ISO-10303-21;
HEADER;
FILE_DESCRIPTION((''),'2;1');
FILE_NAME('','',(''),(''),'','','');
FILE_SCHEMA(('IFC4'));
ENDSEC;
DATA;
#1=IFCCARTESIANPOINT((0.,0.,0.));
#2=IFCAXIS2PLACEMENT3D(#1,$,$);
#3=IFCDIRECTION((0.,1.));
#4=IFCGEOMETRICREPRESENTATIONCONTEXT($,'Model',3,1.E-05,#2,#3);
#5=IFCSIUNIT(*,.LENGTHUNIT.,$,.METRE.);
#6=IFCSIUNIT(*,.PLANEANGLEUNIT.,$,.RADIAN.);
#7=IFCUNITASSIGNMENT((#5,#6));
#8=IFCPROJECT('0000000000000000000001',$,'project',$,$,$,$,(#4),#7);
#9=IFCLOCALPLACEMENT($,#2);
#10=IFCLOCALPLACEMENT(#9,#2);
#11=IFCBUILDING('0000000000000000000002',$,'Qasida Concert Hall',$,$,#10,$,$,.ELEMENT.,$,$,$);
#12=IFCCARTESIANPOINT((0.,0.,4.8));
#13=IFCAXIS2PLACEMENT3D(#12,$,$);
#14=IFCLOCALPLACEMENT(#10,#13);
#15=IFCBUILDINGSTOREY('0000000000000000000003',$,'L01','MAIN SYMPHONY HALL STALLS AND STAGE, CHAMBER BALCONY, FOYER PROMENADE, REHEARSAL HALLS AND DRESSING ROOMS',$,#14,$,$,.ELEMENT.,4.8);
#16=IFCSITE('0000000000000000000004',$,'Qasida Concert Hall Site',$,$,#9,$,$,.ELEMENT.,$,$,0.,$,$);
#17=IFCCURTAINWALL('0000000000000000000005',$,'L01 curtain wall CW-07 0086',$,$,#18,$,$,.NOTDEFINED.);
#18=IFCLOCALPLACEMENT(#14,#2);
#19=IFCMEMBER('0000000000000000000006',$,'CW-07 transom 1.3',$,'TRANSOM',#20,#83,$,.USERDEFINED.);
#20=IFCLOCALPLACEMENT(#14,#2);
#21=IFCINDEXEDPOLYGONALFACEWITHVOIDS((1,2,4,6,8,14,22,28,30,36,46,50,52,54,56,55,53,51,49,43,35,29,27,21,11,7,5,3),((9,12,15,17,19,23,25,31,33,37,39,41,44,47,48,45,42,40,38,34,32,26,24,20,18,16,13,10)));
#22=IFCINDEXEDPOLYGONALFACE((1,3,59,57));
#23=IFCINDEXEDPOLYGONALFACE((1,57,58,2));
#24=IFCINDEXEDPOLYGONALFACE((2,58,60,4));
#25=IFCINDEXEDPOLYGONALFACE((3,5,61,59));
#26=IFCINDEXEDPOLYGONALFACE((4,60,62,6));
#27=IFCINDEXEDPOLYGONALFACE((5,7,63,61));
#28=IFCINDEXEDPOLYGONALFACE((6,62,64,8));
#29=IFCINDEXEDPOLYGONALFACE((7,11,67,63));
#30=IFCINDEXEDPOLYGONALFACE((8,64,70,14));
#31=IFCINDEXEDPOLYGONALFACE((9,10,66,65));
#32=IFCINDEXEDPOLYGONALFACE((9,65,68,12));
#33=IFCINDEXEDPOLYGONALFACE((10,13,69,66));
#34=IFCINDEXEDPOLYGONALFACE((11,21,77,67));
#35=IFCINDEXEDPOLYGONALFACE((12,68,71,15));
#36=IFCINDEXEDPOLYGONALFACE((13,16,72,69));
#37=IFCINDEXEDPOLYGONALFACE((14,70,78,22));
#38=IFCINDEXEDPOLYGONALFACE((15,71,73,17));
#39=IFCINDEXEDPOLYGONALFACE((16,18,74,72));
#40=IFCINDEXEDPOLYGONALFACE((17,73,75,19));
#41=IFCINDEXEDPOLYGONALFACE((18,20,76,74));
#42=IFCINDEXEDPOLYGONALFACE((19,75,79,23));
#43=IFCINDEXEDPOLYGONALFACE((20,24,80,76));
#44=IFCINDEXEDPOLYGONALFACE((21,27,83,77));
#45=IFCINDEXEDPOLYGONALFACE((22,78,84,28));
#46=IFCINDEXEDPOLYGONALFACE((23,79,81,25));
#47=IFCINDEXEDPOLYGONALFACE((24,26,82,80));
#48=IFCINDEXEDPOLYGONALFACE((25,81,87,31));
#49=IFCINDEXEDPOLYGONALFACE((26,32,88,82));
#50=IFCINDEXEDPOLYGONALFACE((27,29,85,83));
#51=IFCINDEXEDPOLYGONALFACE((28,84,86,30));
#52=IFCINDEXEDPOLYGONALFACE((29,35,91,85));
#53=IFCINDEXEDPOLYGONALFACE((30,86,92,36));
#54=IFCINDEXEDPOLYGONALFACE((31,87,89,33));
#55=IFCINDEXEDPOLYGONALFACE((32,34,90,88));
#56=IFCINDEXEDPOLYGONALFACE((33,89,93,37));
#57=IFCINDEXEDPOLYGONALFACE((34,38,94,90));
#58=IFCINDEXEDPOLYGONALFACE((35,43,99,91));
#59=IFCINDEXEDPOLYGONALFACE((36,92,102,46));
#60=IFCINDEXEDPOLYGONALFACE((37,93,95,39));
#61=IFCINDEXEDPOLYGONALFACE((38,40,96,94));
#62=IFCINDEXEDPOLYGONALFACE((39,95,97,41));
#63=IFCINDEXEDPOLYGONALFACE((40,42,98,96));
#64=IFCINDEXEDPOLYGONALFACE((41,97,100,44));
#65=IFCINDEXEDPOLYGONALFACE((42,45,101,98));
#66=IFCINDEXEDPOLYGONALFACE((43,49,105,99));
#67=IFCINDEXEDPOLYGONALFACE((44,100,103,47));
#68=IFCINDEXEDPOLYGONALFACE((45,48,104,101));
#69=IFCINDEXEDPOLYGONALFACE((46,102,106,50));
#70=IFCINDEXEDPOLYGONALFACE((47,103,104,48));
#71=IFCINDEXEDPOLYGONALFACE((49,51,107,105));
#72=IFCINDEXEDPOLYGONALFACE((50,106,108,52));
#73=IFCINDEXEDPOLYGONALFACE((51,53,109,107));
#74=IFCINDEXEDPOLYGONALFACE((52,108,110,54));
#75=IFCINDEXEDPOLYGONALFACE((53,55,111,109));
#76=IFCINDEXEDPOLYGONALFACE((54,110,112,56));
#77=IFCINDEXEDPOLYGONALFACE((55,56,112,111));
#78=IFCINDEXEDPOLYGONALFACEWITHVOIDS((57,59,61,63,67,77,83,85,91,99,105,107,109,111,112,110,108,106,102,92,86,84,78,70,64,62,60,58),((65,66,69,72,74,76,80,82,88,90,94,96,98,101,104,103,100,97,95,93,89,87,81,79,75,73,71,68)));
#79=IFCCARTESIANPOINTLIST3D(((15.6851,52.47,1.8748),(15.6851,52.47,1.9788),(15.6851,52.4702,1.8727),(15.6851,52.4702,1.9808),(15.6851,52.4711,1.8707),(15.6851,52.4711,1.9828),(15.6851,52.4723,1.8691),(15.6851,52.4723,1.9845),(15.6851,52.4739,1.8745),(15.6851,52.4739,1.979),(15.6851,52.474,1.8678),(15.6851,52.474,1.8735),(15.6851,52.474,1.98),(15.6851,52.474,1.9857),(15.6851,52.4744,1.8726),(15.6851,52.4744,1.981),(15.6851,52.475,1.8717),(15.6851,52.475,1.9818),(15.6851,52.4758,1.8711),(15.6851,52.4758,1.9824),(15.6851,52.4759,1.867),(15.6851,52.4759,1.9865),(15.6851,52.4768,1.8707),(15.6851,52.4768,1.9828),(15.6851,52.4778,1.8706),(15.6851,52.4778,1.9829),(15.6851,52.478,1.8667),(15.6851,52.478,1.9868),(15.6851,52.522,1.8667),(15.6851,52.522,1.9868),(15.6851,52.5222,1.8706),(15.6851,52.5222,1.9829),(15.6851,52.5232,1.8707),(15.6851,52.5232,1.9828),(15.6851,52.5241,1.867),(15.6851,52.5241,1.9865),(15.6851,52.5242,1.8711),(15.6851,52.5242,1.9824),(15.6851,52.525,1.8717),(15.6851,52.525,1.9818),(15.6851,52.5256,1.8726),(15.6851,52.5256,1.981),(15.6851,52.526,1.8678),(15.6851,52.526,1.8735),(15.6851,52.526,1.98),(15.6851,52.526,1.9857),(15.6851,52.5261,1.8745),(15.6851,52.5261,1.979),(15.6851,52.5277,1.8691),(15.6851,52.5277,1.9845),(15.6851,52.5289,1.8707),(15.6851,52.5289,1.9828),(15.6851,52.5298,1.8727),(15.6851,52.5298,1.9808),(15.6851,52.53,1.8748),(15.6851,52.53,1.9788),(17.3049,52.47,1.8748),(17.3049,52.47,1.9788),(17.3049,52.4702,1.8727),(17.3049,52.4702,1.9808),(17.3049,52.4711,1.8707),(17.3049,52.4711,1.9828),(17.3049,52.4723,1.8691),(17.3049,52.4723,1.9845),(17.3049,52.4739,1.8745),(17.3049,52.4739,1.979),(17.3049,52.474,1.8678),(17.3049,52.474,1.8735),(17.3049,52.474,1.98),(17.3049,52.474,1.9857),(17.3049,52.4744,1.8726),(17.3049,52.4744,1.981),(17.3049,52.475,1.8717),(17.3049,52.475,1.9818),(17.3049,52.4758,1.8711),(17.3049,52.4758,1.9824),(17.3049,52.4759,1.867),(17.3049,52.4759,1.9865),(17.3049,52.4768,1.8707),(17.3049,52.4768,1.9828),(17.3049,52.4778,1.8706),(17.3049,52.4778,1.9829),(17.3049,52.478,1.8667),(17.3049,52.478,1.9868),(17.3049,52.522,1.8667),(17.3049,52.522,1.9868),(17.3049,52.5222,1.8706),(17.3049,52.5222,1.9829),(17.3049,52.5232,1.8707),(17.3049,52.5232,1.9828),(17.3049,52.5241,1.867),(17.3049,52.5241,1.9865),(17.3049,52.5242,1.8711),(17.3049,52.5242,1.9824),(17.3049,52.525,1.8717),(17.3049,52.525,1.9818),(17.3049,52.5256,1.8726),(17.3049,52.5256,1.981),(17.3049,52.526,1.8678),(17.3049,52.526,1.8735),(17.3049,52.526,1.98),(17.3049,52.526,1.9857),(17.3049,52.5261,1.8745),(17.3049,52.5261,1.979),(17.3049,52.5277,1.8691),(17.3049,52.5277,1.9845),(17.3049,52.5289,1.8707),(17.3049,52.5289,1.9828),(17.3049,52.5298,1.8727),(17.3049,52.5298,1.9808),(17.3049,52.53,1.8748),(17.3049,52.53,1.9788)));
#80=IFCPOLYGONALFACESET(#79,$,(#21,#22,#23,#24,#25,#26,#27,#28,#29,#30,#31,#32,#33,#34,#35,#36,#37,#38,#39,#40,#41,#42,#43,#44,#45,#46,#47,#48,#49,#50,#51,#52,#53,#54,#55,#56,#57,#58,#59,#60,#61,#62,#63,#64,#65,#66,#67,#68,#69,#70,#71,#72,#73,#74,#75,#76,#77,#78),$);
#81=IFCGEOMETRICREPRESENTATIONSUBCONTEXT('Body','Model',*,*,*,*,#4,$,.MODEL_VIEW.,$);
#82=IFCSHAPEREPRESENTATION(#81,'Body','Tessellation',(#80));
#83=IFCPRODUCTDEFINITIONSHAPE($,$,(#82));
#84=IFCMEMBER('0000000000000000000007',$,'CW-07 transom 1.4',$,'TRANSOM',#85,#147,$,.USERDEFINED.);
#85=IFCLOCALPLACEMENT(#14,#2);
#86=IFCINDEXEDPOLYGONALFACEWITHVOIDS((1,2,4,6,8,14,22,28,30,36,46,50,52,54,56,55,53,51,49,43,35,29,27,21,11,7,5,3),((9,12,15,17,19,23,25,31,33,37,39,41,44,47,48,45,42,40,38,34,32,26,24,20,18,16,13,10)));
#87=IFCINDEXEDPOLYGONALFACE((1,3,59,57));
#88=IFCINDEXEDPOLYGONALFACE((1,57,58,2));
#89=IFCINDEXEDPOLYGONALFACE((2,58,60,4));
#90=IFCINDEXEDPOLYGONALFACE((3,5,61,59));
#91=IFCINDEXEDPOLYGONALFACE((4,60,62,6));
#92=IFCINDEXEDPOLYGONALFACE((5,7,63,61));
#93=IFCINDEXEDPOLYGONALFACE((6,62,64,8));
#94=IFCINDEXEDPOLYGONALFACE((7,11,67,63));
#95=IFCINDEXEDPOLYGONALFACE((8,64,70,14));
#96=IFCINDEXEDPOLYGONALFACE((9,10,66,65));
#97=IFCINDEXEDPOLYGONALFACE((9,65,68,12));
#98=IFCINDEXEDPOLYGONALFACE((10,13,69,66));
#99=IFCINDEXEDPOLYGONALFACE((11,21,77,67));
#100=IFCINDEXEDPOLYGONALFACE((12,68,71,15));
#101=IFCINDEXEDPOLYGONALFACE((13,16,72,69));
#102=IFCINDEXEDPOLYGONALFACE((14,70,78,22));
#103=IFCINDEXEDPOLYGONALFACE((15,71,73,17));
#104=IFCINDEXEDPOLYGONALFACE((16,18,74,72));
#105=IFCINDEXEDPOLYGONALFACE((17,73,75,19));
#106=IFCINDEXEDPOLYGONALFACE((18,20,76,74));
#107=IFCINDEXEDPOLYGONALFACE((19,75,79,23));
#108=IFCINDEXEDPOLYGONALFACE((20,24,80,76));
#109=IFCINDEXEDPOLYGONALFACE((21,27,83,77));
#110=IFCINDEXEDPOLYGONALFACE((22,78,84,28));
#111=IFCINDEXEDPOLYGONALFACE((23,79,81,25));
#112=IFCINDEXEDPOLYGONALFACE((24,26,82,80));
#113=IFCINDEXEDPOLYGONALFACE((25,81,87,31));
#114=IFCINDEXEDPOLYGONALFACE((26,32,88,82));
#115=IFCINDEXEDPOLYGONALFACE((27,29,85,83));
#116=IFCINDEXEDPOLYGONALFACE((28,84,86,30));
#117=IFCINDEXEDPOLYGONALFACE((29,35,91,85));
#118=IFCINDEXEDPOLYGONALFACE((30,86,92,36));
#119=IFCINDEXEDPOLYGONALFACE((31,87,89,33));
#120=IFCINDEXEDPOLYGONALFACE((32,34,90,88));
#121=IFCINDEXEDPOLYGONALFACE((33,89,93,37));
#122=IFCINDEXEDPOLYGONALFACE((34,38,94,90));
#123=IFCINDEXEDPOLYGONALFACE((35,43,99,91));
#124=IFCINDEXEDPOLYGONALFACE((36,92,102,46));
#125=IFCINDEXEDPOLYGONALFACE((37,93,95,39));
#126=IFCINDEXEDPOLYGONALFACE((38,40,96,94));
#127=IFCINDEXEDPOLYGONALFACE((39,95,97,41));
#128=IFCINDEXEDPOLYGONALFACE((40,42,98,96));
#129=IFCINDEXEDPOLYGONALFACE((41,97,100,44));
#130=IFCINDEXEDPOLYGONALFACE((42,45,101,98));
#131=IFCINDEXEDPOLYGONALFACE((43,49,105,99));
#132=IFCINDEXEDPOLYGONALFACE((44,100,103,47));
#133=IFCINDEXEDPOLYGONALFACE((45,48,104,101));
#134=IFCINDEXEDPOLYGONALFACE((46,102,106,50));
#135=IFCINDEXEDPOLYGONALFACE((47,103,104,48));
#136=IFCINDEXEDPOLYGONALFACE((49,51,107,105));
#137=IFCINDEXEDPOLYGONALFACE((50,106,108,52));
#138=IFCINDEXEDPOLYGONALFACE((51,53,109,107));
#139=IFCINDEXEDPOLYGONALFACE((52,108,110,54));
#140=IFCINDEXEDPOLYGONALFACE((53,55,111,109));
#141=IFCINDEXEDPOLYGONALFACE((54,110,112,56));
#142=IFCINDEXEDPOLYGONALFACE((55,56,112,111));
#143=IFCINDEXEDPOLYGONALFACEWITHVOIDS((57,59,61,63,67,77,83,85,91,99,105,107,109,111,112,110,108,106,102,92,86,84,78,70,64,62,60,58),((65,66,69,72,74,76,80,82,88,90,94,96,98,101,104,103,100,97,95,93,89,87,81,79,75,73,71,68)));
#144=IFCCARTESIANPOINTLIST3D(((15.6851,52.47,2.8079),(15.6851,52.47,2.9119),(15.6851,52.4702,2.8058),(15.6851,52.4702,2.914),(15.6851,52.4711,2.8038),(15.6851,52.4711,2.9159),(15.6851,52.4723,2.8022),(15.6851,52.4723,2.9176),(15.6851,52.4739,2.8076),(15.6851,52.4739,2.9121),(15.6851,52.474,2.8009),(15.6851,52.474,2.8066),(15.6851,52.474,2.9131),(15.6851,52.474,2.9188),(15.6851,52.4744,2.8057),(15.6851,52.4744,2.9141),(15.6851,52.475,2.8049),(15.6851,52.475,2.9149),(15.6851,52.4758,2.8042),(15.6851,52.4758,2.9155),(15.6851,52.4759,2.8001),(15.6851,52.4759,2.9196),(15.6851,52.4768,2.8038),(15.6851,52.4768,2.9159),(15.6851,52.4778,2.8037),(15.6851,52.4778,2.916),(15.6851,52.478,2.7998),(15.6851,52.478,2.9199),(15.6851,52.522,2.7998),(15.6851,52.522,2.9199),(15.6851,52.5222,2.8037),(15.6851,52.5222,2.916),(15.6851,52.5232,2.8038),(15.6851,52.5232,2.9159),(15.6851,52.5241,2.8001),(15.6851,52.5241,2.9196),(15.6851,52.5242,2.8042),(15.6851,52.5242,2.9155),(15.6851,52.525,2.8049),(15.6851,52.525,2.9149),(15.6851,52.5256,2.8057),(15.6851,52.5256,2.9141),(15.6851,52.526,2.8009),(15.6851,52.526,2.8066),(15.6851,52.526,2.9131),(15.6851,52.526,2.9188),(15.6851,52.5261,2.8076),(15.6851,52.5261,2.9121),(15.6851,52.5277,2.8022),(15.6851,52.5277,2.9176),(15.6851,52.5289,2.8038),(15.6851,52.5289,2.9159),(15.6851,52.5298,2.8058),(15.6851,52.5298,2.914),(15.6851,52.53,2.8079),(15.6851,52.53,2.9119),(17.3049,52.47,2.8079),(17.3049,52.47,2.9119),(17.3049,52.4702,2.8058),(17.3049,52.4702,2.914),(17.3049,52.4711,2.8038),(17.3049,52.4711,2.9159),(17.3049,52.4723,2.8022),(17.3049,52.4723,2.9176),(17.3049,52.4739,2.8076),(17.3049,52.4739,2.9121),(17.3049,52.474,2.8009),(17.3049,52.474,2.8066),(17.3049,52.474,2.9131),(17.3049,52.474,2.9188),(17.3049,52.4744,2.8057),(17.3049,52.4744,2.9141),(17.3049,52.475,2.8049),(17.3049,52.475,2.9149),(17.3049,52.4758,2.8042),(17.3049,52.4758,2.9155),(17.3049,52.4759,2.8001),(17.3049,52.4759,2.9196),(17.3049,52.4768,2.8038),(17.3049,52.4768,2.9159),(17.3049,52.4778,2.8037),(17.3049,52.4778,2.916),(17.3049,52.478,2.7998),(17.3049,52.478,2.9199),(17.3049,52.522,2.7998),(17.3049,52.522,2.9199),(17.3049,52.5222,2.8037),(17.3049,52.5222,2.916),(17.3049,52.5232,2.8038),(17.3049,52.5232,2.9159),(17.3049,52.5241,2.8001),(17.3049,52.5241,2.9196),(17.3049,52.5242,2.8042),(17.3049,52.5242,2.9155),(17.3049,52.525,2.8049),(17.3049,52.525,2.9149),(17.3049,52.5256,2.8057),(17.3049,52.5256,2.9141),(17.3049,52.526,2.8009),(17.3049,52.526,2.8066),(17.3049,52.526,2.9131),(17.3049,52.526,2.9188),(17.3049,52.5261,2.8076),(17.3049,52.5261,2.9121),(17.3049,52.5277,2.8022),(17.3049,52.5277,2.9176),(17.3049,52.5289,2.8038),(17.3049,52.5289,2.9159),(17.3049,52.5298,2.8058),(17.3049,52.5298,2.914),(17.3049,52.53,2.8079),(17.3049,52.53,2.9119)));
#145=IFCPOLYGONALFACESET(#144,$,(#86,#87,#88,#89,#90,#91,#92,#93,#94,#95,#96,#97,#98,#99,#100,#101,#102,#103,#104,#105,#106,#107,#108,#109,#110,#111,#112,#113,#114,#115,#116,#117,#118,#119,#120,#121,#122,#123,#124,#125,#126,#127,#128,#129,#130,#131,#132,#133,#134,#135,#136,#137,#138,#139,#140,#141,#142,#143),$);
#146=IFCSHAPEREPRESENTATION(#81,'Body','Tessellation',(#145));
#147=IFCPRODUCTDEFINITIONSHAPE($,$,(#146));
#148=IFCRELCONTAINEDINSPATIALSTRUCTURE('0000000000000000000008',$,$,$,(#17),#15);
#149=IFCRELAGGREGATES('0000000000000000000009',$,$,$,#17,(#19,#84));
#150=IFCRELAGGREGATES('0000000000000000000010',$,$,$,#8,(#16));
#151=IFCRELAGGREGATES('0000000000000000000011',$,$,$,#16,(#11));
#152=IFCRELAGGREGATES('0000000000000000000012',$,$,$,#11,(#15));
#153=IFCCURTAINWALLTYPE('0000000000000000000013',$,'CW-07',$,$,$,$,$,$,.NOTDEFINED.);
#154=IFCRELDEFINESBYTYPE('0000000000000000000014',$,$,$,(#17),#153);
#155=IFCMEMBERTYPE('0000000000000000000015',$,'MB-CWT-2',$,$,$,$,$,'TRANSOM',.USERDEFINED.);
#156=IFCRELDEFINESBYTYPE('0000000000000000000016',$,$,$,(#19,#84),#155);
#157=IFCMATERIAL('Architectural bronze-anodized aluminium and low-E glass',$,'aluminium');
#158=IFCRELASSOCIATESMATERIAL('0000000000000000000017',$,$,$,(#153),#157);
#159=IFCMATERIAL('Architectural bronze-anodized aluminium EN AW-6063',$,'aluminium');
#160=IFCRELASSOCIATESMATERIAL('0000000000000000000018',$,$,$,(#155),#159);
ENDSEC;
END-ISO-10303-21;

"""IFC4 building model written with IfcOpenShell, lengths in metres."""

from ifc_helpers import new_model, si_unit, direction, frame, origin, origin_2d, place, context, subcontext, project, spatial, hollow_rectangle, extrude, material, material_profile, profile_set, type_object, element, aggregate, save


model = new_model("IFC4")

# Units and contexts
model_context = context("Model", 3, precision=1e-05, world=origin(), true_north=direction((0.0, 1.0)))
body_context = subcontext(model_context, "Body", "Model", "MODEL_VIEW")
ifc_project = project(units=[si_unit("LENGTHUNIT", "METRE"), si_unit("PLANEANGLEUNIT", "RADIAN")], contexts=[model_context])

# Site, building, storey
site_placement = place(None, origin())
site = spatial("IfcSite", under=ifc_project, at=site_placement, Name="Qasida Concert Hall Site", CompositionType="ELEMENT", RefElevation=0.0)
building_placement = place(site_placement, origin())
building = spatial("IfcBuilding", under=site, at=building_placement, Name="Qasida Concert Hall", CompositionType="ELEMENT")
storey_placement = place(building_placement, frame((0.0, 0.0, 4.8)))
storey = spatial("IfcBuildingStorey", under=building, at=storey_placement, Name="L01", Description="MAIN SYMPHONY HALL STALLS AND STAGE, CHAMBER BALCONY, FOYER PROMENADE, REHEARSAL HALLS AND DRESSING ROOMS", CompositionType="ELEMENT", Elevation=4.8)

# Curtain wall
ifc_material_1 = material(Name="Architectural bronze-anodized aluminium and low-E glass", Category="aluminium")
curtain_wall_type_1 = type_object("IfcCurtainWallType", Name="CW-07", PredefinedType="NOTDEFINED", material=ifc_material_1)
curtain_wall_1_placement = place(storey_placement, origin())
curtain_wall_1 = element("IfcCurtainWall", 1, at=curtain_wall_1_placement, inside=storey, type_object=curtain_wall_type_1, Name="L01 curtain wall CW-07 0086", PredefinedType="NOTDEFINED")
ifc_material_2 = material(Name="Architectural bronze-anodized aluminium EN AW-6063", Category="aluminium")

# Members
ifc_material_profile_1 = material_profile(ifc_material_2, hollow_rectangle(XDim=0.0601, YDim=0.1201, WallThickness=0.0039, InnerFilletRadius=0.0039, OuterFilletRadius=0.0081, at=origin_2d()), Name="CWT 120x60x4")
ifc_profile_set_1 = profile_set([ifc_material_profile_1], Name="Architectural bronze-anodized aluminium EN AW-6063")
member_type_1 = type_object("IfcMemberType", Name="MB-CWT-2", ElementType="TRANSOM", PredefinedType="USERDEFINED", material=ifc_profile_set_1)
member_1_placement = place(storey_placement, frame((15.6851, 52.5, 1.9268), z_axis=(1.0, 0.0, 0.0), x_axis=(0.0, 1.0, 0.0)))
member_1 = element("IfcMember", 2, at=member_1_placement, type_object=member_type_1, Name="CW-07 transom 1.3", ObjectType="TRANSOM", PredefinedType="USERDEFINED", context=body_context, shape_type="SweptSolid", body=[
    extrude(hollow_rectangle(XDim=0.0601, YDim=0.1201, WallThickness=0.0039, InnerFilletRadius=0.0039, OuterFilletRadius=0.0081, at=origin_2d()), origin(), (0.0, 0.0, 1.0), 1.6199),
])
member_2_placement = place(storey_placement, frame((15.6851, 52.5, 2.8599), z_axis=(1.0, 0.0, 0.0), x_axis=(0.0, 1.0, 0.0)))
member_2 = element("IfcMember", 3, at=member_2_placement, type_object=member_type_1, Name="CW-07 transom 1.4", ObjectType="TRANSOM", PredefinedType="USERDEFINED", context=body_context, shape_type="SweptSolid", body=[
    extrude(hollow_rectangle(XDim=0.0601, YDim=0.1201, WallThickness=0.0039, InnerFilletRadius=0.0039, OuterFilletRadius=0.0081, at=origin_2d()), origin(), (0.0, 0.0, 1.0), 1.6199),
])

aggregate(curtain_wall_1, [member_1, member_2])

save(model, "model.ifc")
